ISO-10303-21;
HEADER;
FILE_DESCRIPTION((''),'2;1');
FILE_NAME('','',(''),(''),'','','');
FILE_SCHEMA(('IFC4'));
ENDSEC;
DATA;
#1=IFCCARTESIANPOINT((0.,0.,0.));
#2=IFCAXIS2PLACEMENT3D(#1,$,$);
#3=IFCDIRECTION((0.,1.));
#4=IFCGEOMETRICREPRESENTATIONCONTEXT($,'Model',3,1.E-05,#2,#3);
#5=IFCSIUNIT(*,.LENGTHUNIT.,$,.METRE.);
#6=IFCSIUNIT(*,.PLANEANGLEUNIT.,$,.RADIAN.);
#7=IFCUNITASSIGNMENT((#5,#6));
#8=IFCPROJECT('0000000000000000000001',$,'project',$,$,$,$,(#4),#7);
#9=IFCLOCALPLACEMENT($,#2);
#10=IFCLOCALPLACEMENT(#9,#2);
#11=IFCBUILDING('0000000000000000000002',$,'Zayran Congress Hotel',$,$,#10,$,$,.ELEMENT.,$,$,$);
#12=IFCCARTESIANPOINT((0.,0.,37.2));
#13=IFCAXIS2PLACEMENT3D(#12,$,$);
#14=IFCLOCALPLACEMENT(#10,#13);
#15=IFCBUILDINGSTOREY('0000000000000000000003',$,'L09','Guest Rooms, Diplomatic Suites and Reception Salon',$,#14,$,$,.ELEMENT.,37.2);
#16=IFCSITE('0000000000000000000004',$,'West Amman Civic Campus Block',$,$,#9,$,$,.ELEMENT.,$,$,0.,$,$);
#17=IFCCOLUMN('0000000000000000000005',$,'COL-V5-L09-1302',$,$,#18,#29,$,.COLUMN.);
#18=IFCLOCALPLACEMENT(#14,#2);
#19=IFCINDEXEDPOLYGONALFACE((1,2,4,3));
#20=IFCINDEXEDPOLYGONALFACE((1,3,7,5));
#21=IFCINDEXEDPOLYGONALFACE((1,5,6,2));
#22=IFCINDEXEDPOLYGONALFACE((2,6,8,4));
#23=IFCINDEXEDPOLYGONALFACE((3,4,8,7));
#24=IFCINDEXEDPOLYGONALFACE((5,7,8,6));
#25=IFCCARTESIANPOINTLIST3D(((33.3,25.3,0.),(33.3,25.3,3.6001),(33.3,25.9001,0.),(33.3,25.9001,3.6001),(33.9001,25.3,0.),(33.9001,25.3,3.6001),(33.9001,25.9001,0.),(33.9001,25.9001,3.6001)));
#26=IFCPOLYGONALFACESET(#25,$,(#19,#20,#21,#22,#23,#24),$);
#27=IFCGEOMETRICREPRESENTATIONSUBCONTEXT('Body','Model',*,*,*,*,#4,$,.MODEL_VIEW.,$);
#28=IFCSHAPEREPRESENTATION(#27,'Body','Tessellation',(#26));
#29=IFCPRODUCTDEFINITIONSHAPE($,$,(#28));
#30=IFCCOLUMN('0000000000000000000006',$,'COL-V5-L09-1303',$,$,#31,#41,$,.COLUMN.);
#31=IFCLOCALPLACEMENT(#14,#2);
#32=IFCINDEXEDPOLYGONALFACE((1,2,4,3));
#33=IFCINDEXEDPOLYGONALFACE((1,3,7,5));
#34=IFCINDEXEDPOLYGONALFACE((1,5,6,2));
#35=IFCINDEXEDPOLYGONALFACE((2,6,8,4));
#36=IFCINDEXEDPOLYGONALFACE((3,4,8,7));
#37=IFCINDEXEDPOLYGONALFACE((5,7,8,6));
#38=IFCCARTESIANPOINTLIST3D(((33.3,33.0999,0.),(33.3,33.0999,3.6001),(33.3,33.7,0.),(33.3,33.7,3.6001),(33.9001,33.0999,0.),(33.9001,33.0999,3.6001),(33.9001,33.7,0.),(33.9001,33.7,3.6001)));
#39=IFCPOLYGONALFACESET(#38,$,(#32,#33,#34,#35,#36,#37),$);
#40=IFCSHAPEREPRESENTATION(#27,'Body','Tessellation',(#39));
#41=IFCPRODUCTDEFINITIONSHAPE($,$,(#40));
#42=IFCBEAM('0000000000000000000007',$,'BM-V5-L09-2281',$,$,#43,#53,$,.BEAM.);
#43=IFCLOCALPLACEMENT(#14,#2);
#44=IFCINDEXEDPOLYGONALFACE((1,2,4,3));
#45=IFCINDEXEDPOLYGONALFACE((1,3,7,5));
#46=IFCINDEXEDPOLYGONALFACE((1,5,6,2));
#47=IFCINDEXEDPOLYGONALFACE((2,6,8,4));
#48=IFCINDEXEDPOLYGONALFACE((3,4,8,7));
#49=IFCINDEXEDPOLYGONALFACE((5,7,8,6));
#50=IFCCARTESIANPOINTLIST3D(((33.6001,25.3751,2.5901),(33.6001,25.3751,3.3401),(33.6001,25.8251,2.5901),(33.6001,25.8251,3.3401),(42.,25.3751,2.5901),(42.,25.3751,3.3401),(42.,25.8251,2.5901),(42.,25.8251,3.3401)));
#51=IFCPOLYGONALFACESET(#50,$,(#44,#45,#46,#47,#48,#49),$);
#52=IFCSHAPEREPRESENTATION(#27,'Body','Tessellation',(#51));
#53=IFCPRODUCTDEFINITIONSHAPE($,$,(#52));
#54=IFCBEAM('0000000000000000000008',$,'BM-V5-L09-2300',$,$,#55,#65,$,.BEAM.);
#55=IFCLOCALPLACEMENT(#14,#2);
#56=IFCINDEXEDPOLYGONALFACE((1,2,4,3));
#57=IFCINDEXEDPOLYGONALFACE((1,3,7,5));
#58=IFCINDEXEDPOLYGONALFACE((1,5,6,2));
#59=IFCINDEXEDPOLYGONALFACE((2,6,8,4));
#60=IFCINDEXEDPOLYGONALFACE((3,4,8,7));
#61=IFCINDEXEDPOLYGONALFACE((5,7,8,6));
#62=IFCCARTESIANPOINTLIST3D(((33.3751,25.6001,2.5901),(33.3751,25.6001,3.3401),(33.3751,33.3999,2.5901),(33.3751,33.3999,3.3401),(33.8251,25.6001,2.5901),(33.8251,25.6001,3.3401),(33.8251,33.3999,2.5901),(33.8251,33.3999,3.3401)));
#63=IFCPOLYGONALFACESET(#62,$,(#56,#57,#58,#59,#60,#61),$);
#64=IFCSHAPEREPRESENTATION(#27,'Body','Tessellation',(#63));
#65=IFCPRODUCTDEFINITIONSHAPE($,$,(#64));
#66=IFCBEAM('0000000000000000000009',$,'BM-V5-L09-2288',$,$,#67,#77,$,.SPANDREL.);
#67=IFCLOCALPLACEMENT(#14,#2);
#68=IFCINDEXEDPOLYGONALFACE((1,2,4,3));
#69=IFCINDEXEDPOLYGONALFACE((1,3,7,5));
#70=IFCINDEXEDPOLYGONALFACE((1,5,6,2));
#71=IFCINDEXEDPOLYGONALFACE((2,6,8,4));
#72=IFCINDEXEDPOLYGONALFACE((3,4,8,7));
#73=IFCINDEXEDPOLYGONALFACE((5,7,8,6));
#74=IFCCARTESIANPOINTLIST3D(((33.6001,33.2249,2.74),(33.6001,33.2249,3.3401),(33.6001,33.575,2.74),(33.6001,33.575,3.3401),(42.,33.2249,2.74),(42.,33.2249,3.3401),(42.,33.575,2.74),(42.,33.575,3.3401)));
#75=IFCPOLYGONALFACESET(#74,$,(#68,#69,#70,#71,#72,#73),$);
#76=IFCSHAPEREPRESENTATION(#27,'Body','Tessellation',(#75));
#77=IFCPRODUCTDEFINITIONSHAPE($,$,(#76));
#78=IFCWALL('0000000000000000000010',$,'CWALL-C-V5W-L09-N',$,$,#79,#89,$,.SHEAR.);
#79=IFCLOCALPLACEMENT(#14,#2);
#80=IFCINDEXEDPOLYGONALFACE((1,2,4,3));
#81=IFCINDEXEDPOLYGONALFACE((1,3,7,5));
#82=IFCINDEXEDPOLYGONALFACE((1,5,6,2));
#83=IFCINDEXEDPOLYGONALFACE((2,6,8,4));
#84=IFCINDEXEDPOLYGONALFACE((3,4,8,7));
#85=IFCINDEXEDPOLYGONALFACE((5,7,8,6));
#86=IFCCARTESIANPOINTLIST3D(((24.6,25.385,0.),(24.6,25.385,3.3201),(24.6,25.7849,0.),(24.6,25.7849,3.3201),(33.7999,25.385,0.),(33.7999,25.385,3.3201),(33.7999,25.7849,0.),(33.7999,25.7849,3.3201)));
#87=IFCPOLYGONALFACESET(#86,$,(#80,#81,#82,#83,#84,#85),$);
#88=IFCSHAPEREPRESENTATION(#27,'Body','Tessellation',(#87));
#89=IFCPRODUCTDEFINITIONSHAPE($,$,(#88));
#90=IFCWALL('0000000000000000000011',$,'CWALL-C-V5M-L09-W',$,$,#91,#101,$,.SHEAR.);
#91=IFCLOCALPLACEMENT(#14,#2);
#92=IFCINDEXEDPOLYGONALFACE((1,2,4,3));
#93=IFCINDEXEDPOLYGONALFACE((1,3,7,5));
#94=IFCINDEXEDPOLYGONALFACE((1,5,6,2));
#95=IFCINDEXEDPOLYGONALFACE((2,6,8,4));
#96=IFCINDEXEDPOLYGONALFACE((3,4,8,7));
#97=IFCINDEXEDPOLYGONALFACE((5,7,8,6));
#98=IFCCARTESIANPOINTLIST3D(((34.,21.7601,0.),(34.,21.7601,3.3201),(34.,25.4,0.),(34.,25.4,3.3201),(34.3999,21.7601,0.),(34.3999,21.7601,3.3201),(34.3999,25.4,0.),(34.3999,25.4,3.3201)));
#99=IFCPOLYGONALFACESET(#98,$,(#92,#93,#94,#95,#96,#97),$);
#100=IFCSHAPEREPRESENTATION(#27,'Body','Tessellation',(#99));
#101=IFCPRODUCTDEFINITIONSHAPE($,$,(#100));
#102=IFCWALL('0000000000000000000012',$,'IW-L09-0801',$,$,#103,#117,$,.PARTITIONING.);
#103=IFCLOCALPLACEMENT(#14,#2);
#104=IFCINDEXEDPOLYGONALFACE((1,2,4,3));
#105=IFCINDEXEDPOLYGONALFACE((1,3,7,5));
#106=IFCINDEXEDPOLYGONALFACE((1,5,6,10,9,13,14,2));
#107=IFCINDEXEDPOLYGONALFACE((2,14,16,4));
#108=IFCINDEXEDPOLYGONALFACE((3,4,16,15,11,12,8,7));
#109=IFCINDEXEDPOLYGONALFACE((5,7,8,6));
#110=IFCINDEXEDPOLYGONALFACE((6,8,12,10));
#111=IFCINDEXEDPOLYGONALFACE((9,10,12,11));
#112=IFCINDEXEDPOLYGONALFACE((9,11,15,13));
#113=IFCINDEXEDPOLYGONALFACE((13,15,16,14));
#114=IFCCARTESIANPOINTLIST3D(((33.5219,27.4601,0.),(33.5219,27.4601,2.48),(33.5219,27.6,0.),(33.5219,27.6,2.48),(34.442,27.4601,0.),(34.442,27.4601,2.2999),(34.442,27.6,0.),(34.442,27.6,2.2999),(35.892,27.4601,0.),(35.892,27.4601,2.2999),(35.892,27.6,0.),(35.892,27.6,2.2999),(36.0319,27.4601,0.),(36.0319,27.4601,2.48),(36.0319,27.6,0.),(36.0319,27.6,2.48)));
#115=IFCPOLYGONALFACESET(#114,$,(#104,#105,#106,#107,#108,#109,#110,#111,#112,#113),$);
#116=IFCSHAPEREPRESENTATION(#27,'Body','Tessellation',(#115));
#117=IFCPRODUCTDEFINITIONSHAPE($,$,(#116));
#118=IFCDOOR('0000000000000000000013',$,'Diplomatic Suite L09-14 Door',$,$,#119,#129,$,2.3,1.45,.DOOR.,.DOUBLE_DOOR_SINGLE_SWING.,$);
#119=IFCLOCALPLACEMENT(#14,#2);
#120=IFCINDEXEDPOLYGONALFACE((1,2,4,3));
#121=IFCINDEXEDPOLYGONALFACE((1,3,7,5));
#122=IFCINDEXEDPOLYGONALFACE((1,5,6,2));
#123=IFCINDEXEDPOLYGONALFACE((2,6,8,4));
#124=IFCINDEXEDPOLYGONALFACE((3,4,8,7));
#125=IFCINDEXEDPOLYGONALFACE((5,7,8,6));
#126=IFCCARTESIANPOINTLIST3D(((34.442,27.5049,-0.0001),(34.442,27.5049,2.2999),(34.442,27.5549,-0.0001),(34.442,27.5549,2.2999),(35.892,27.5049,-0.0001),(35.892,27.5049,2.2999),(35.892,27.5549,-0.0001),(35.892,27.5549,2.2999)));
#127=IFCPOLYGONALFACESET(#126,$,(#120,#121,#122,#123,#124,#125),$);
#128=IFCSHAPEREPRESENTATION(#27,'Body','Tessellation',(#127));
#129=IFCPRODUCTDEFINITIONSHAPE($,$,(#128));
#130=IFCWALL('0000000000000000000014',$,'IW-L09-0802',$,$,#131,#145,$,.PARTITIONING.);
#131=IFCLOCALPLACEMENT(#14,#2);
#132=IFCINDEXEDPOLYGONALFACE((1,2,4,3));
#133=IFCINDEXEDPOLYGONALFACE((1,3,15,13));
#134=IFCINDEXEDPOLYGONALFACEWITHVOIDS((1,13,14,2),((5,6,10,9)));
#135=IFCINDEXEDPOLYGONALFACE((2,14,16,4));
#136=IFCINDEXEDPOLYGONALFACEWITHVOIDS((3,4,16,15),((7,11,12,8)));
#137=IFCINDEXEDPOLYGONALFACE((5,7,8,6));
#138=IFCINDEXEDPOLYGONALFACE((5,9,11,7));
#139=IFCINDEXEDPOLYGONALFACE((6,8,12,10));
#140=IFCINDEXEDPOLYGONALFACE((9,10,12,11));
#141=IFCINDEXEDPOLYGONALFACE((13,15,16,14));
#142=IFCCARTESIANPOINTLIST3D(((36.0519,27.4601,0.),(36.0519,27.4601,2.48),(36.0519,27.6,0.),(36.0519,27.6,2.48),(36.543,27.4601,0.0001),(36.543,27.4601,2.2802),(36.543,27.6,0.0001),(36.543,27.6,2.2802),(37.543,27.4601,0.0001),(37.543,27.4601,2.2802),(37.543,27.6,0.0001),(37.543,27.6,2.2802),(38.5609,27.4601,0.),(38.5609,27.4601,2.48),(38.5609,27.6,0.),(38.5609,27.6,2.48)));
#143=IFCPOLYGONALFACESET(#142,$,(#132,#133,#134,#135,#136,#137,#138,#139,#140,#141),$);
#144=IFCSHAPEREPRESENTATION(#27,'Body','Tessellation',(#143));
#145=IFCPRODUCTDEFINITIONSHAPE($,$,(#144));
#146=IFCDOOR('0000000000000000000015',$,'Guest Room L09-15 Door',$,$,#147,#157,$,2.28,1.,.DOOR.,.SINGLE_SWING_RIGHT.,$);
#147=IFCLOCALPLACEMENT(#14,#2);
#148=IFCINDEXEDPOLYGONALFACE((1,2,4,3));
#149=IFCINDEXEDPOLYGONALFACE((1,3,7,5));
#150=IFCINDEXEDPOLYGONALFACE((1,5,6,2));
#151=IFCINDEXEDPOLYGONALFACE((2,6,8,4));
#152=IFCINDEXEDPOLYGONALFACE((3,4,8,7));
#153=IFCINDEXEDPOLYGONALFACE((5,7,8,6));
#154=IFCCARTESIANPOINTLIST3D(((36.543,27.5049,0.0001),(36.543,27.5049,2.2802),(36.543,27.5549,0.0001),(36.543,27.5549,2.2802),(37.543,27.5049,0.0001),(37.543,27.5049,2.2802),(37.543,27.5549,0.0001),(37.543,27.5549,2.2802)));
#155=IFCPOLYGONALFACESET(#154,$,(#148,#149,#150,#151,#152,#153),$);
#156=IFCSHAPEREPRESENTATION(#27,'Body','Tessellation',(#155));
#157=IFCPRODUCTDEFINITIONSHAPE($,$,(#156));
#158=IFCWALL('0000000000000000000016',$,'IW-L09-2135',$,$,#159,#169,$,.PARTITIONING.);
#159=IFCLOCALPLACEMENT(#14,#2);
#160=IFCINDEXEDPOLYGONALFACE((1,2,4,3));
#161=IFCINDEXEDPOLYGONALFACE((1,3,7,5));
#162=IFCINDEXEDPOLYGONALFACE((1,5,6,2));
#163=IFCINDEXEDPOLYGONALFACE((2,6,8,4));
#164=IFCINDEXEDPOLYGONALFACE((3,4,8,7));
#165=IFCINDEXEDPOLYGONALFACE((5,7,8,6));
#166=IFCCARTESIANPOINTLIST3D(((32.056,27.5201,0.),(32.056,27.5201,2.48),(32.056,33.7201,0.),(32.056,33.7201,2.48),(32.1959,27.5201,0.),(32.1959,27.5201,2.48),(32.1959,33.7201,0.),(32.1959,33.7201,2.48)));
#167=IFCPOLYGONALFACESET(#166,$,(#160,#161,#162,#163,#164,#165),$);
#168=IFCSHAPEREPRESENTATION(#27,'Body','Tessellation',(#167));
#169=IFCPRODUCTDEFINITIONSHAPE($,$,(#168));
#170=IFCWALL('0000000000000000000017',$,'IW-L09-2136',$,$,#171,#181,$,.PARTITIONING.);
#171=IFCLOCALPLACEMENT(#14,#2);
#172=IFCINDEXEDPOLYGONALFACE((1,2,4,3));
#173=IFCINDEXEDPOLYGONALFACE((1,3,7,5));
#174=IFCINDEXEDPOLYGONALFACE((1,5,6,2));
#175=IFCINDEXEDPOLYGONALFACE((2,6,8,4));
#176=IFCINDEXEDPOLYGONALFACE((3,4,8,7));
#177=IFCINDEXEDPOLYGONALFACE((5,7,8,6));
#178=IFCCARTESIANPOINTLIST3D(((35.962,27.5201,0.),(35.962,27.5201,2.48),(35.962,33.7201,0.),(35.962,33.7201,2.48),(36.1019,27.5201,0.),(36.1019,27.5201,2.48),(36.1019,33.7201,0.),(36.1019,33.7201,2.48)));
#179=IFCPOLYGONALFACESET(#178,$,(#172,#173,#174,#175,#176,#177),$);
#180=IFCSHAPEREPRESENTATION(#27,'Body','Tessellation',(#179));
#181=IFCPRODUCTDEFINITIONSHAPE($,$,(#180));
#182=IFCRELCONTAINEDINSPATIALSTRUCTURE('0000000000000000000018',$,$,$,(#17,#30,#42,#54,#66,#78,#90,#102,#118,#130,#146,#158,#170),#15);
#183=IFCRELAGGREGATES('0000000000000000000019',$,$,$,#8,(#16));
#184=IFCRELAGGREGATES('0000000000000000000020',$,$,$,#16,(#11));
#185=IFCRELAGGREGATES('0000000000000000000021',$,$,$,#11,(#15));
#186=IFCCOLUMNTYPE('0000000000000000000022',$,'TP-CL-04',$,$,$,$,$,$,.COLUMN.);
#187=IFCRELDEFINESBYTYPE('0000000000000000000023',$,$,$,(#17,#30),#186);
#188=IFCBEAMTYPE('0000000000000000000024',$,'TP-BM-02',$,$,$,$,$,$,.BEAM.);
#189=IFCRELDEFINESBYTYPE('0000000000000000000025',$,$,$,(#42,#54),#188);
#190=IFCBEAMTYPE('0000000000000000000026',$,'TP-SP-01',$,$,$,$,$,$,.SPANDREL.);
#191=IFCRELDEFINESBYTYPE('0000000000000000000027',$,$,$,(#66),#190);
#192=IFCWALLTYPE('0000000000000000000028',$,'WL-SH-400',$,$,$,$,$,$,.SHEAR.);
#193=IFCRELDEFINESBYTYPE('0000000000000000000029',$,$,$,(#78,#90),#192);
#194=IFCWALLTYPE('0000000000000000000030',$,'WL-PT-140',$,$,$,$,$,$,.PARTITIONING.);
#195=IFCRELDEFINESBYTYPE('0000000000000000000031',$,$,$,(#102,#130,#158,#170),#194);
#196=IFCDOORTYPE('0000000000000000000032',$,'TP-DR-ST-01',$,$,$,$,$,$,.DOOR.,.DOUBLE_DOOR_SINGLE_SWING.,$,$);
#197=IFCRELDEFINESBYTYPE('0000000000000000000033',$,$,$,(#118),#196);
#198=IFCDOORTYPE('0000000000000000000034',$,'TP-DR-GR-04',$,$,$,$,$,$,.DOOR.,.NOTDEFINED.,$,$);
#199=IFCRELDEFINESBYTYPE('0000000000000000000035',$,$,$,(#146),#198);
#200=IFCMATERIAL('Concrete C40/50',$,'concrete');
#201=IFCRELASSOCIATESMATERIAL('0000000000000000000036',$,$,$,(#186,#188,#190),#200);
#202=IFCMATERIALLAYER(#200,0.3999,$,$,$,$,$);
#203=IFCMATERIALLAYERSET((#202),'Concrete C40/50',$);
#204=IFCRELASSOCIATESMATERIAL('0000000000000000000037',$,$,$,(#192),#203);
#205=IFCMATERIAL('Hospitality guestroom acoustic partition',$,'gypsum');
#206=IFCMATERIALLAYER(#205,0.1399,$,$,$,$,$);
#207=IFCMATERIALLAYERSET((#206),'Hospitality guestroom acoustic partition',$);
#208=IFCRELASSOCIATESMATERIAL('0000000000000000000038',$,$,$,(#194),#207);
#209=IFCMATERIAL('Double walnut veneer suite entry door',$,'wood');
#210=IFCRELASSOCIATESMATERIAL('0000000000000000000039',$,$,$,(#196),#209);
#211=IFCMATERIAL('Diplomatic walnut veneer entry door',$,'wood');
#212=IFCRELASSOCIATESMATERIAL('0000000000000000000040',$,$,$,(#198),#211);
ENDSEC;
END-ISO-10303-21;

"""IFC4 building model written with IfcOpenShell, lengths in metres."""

from ifc_helpers import new_model, si_unit, direction, frame, frame_2d, origin, origin_2d, place, context, subcontext, project, spatial, rectangle, extrude, material, layer, layer_set, material_profile, profile_set, type_object, element, fill, save


model = new_model("IFC4")

# Units and contexts
model_context = context("Model", 3, precision=1e-05, world=origin(), true_north=direction((0.0, 1.0)))
body_context = subcontext(model_context, "Body", "Model", "MODEL_VIEW")
ifc_project = project(units=[si_unit("LENGTHUNIT", "METRE"), si_unit("PLANEANGLEUNIT", "RADIAN")], contexts=[model_context])

# Site, building, storey
site_placement = place(None, origin())
site = spatial("IfcSite", under=ifc_project, at=site_placement, Name="West Amman Civic Campus Block", CompositionType="ELEMENT", RefElevation=0.0)
building_placement = place(site_placement, origin())
building = spatial("IfcBuilding", under=site, at=building_placement, Name="Zayran Congress Hotel", CompositionType="ELEMENT")
storey_placement = place(building_placement, frame((0.0, 0.0, 37.2)))
storey = spatial("IfcBuildingStorey", under=building, at=storey_placement, Name="L09", Description="Guest Rooms, Diplomatic Suites and Reception Salon", CompositionType="ELEMENT", Elevation=37.2)

# Columns
ifc_material_1 = material(Name="Concrete C40/50", Category="concrete")
ifc_material_profile_1 = material_profile(ifc_material_1, rectangle(XDim=0.6001, YDim=0.6001, at=origin_2d()), Name="RC 600x600")
ifc_profile_set_1 = profile_set([ifc_material_profile_1], Name="Concrete C40/50")
column_type = type_object("IfcColumnType", Name="TP-CL-04", PredefinedType="COLUMN", material=ifc_profile_set_1)
for number, where, z_axis, x_axis, name in (
    (1, (33.6001, 25.6001, 0.0), (0.0, 0.0, 1.0), (1.0, 0.0, 0.0), "COL-V5-L09-1302"),
    (2, (33.6001, 33.3999, 0.0), (0.0, 0.0, 1.0), (1.0, 0.0, 0.0), "COL-V5-L09-1303"),
):
    element("IfcColumn", number, at=place(storey_placement, frame(where, z_axis=z_axis, x_axis=x_axis)), inside=storey, type_object=column_type, Name=name, PredefinedType="COLUMN", context=body_context, shape_type="SweptSolid", body=[
        extrude(rectangle(XDim=0.6001, YDim=0.6001, at=origin_2d()), origin(), (0.0, 0.0, 1.0), 3.6001),
    ])

# Beams
ifc_material_profile_2 = material_profile(ifc_material_1, rectangle(XDim=0.45, YDim=0.75, at=origin_2d()), Name="RC 450x750")
ifc_profile_set_2 = profile_set([ifc_material_profile_2], Name="Concrete C40/50")
beam_type_1 = type_object("IfcBeamType", Name="TP-BM-02", PredefinedType="BEAM", material=ifc_profile_set_2)
beam_1_placement = place(storey_placement, frame((33.6001, 25.6001, 2.9651), z_axis=(1.0, 0.0, 0.0), x_axis=(0.0, 1.0, 0.0)))
element("IfcBeam", 3, at=beam_1_placement, inside=storey, type_object=beam_type_1, Name="BM-V5-L09-2281", PredefinedType="BEAM", context=body_context, shape_type="SweptSolid", body=[
    extrude(rectangle(XDim=0.45, YDim=0.75, at=origin_2d()), origin(), (0.0, 0.0, 1.0), 8.3999),
])
beam_2_placement = place(storey_placement, frame((33.6001, 25.6001, 2.9651), z_axis=(0.0, 1.0, 0.0), x_axis=(-1.0, 0.0, 0.0)))
element("IfcBeam", 4, at=beam_2_placement, inside=storey, type_object=beam_type_1, Name="BM-V5-L09-2300", PredefinedType="BEAM", context=body_context, shape_type="SweptSolid", body=[
    extrude(rectangle(XDim=0.45, YDim=0.75, at=origin_2d()), origin(), (0.0, 0.0, 1.0), 7.7998),
])
ifc_material_profile_3 = material_profile(ifc_material_1, rectangle(XDim=0.3501, YDim=0.6001, at=origin_2d()), Name="RC 350x600")
ifc_profile_set_3 = profile_set([ifc_material_profile_3], Name="Concrete C40/50")
beam_type_2 = type_object("IfcBeamType", Name="TP-SP-01", PredefinedType="SPANDREL", material=ifc_profile_set_3)
beam_3_placement = place(storey_placement, frame((33.6001, 33.3999, 3.04), z_axis=(1.0, 0.0, 0.0), x_axis=(0.0, 1.0, 0.0)))
element("IfcBeam", 5, at=beam_3_placement, inside=storey, type_object=beam_type_2, Name="BM-V5-L09-2288", PredefinedType="SPANDREL", context=body_context, shape_type="SweptSolid", body=[
    extrude(rectangle(XDim=0.3501, YDim=0.6001, at=origin_2d()), origin(), (0.0, 0.0, 1.0), 8.3999),
])

# Walls
ifc_layer_1 = layer(ifc_material_1, 0.3999)
ifc_layer_set_1 = layer_set([ifc_layer_1], Name="Concrete C40/50")
wall_type_1 = type_object("IfcWallType", Name="WL-SH-400", PredefinedType="SHEAR", material=ifc_layer_set_1)
wall_1_placement = place(storey_placement, frame((33.8, 25.585, 0.0), z_axis=(0.0, 0.0, 1.0), x_axis=(-1.0, 0.0, 0.0)))
element("IfcWall", 6, at=wall_1_placement, inside=storey, type_object=wall_type_1, Name="CWALL-C-V5W-L09-N", PredefinedType="SHEAR", context=body_context, shape_type="SweptSolid", body=[
    extrude(rectangle(XDim=9.2, YDim=0.3999, at=frame_2d((4.6001, 0.0))), origin(), (0.0, 0.0, 1.0), 3.3201),
])
wall_2_placement = place(storey_placement, frame((34.2, 25.3999, 0.0), z_axis=(0.0, 0.0, 1.0), x_axis=(0.0, -1.0, 0.0)))
element("IfcWall", 7, at=wall_2_placement, inside=storey, type_object=wall_type_1, Name="CWALL-C-V5M-L09-W", PredefinedType="SHEAR", context=body_context, shape_type="SweptSolid", body=[
    extrude(rectangle(XDim=3.6399, YDim=0.3999, at=frame_2d((1.8198, 0.0))), origin(), (0.0, 0.0, 1.0), 3.3201),
])

# Walls, openings, doors
ifc_material_2 = material(Name="Hospitality guestroom acoustic partition", Category="gypsum")
ifc_layer_2 = layer(ifc_material_2, 0.1399)
ifc_layer_set_2 = layer_set([ifc_layer_2], Name="Hospitality guestroom acoustic partition")
wall_type_2 = type_object("IfcWallType", Name="WL-PT-140", PredefinedType="PARTITIONING", material=ifc_layer_set_2)
wall_3_placement = place(storey_placement, frame((33.522, 27.53, 0.0), z_axis=(0.0, 0.0, 1.0), x_axis=(1.0, 0.0, 0.0)))
wall_3 = element("IfcWall", 8, at=wall_3_placement, inside=storey, type_object=wall_type_2, Name="IW-L09-0801", PredefinedType="PARTITIONING", context=body_context, shape_type="SweptSolid", body=[
    extrude(rectangle(XDim=2.51, YDim=0.1399, at=frame_2d((1.2549, 0.0))), origin(), (0.0, 0.0, 1.0), 2.48),
])
opening_1_placement = place(wall_3_placement, frame((0.9199, 0.0, 0.0)))
opening_1 = element("IfcOpeningElement", 9, at=opening_1_placement, cuts=wall_3, PredefinedType="OPENING", context=body_context, shape_type="SweptSolid", body=[
    extrude(rectangle(XDim=1.45, YDim=2.3, at=frame_2d((0.7251, 1.1499))), frame((0.0, 0.0798, 0.0), z_axis=(0.0, -1.0, 0.0), x_axis=(1.0, 0.0, 0.0)), (0.0, 0.0, 1.0), 0.1599),
])
ifc_material_3 = material(Name="Double walnut veneer suite entry door", Category="wood")
door_type_1 = type_object("IfcDoorType", Name="TP-DR-ST-01", OperationType="DOUBLE_DOOR_SINGLE_SWING", PredefinedType="DOOR", material=ifc_material_3)
door_1_placement = place(opening_1_placement, origin())
door_1 = element("IfcDoor", 10, at=door_1_placement, inside=storey, type_object=door_type_1, Name="Diplomatic Suite L09-14 Door", OperationType="DOUBLE_DOOR_SINGLE_SWING", OverallHeight=2.3, OverallWidth=1.45, PredefinedType="DOOR", context=body_context, shape_type="SweptSolid", body=[
    extrude(rectangle(XDim=1.45, YDim=2.3, at=frame_2d((0.7251, 1.1499))), frame((0.0, 0.0249, 0.0), z_axis=(0.0, -1.0, 0.0), x_axis=(1.0, 0.0, 0.0)), (0.0, 0.0, 1.0), 0.05),
])
fill(opening_1, door_1)
wall_4_placement = place(storey_placement, frame((36.052, 27.53, 0.0), z_axis=(0.0, 0.0, 1.0), x_axis=(1.0, 0.0, 0.0)))
wall_4 = element("IfcWall", 11, at=wall_4_placement, inside=storey, type_object=wall_type_2, Name="IW-L09-0802", PredefinedType="PARTITIONING", context=body_context, shape_type="SweptSolid", body=[
    extrude(rectangle(XDim=2.509, YDim=0.1399, at=frame_2d((1.2544, 0.0))), origin(), (0.0, 0.0, 1.0), 2.48),
])
opening_2_placement = place(wall_4_placement, frame((0.491, 0.0, 0.0)))
opening_2 = element("IfcOpeningElement", 12, at=opening_2_placement, cuts=wall_4, PredefinedType="OPENING", context=body_context, shape_type="SweptSolid", body=[
    extrude(rectangle(XDim=1.0, YDim=2.28, at=frame_2d((0.5, 1.1401))), frame((0.0, 0.0798, 0.0), z_axis=(0.0, -1.0, 0.0), x_axis=(1.0, 0.0, 0.0)), (0.0, 0.0, 1.0), 0.1599),
])
ifc_material_4 = material(Name="Diplomatic walnut veneer entry door", Category="wood")
door_type_2 = type_object("IfcDoorType", Name="TP-DR-GR-04", OperationType="NOTDEFINED", PredefinedType="DOOR", material=ifc_material_4)
door_2_placement = place(opening_2_placement, origin())
door_2 = element("IfcDoor", 13, at=door_2_placement, inside=storey, type_object=door_type_2, Name="Guest Room L09-15 Door", OperationType="SINGLE_SWING_RIGHT", OverallHeight=2.28, OverallWidth=1.0, PredefinedType="DOOR", context=body_context, shape_type="SweptSolid", body=[
    extrude(rectangle(XDim=1.0, YDim=2.28, at=frame_2d((0.5, 1.1401))), frame((0.0, 0.0249, 0.0), z_axis=(0.0, -1.0, 0.0), x_axis=(1.0, 0.0, 0.0)), (0.0, 0.0, 1.0), 0.05),
])
fill(opening_2, door_2)

# Walls
for number, where, z_axis, x_axis, name in (
    (14, (32.126, 27.52, 0.0), (0.0, 0.0, 1.0), (0.0, 1.0, 0.0), "IW-L09-2135"),
    (15, (36.032, 27.52, 0.0), (0.0, 0.0, 1.0), (0.0, 1.0, 0.0), "IW-L09-2136"),
):
    element("IfcWall", number, at=place(storey_placement, frame(where, z_axis=z_axis, x_axis=x_axis)), inside=storey, type_object=wall_type_2, Name=name, PredefinedType="PARTITIONING", context=body_context, shape_type="SweptSolid", body=[
        extrude(rectangle(XDim=6.2, YDim=0.1399, at=frame_2d((3.1001, 0.0))), origin(), (0.0, 0.0, 1.0), 2.48),
    ])

save(model, "model.ifc")
